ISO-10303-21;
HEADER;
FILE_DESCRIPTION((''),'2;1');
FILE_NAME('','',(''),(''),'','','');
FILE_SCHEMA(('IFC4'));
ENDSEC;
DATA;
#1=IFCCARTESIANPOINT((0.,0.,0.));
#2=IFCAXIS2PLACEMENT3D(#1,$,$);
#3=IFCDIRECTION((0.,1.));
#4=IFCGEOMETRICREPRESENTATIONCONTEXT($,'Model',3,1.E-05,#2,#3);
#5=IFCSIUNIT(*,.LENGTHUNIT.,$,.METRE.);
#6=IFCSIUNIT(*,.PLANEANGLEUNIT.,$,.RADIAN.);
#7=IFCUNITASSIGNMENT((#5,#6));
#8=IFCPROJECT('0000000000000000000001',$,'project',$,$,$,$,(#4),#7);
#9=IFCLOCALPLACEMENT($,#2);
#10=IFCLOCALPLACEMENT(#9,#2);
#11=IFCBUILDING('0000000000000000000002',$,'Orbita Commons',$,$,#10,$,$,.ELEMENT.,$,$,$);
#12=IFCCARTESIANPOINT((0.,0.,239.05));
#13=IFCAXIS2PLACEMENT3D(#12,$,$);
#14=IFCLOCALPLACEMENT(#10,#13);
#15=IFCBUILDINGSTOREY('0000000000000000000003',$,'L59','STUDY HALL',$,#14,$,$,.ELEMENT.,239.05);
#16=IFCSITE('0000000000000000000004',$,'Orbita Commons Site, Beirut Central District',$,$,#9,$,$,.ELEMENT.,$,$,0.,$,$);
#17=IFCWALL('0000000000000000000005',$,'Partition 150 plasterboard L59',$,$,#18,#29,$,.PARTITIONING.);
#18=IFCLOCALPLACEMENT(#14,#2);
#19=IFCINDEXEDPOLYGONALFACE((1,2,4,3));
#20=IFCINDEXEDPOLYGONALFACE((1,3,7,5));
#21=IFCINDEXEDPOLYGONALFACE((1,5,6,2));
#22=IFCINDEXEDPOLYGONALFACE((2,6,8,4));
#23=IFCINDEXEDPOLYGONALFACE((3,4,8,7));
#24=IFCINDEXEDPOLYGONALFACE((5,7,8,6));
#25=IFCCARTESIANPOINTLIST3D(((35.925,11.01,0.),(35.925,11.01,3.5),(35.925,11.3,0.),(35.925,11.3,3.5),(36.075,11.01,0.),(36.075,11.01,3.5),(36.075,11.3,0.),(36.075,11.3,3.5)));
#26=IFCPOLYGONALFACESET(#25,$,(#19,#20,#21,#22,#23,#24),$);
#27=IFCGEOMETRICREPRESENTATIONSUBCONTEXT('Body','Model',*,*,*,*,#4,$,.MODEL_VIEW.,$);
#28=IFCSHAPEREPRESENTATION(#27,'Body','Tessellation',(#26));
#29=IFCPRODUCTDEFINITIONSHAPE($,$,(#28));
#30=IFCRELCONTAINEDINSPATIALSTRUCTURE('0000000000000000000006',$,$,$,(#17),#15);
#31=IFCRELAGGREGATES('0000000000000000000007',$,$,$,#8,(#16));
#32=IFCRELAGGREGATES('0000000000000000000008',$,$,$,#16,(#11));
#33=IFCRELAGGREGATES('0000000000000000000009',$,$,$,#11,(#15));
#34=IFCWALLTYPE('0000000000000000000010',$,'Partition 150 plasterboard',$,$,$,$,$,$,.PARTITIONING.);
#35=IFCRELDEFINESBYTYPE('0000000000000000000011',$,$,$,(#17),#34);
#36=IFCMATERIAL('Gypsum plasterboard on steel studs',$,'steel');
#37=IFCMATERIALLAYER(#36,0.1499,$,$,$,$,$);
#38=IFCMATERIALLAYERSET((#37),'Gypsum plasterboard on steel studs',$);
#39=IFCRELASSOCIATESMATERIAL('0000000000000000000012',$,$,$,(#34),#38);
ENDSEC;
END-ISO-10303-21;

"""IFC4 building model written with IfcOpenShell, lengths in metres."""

from ifc_helpers import new_model, si_unit, direction, frame, frame_2d, origin, place, context, subcontext, project, spatial, rectangle, extrude, material, layer, layer_set, type_object, element, save


model = new_model("IFC4")

# Units and contexts
model_context = context("Model", 3, precision=1e-05, world=origin(), true_north=direction((0.0, 1.0)))
body_context = subcontext(model_context, "Body", "Model", "MODEL_VIEW")
ifc_project = project(units=[si_unit("LENGTHUNIT", "METRE"), si_unit("PLANEANGLEUNIT", "RADIAN")], contexts=[model_context])

# Site, building, storey
site_placement = place(None, origin())
site = spatial("IfcSite", under=ifc_project, at=site_placement, Name="Orbita Commons Site, Beirut Central District", CompositionType="ELEMENT", RefElevation=0.0)
building_placement = place(site_placement, origin())
building = spatial("IfcBuilding", under=site, at=building_placement, Name="Orbita Commons", CompositionType="ELEMENT")
storey_placement = place(building_placement, frame((0.0, 0.0, 239.05)))
storey = spatial("IfcBuildingStorey", under=building, at=storey_placement, Name="L59", Description="STUDY HALL", CompositionType="ELEMENT", Elevation=239.05)

# Shared definitions
ifc_material_1 = material(Name="Gypsum plasterboard on steel studs", Category="steel")
ifc_layer_1 = layer(ifc_material_1, 0.1499)
ifc_layer_set_1 = layer_set([ifc_layer_1], Name="Gypsum plasterboard on steel studs")
wall_type_1 = type_object("IfcWallType", Name="Partition 150 plasterboard", PredefinedType="PARTITIONING", material=ifc_layer_set_1)

# Wall
wall_1_placement = place(storey_placement, frame((36.0, 11.3, 0.0), z_axis=(0.0, 0.0, 1.0), x_axis=(0.0, -1.0, 0.0)))
element("IfcWall", 1, at=wall_1_placement, inside=storey, type_object=wall_type_1, Name="Partition 150 plasterboard L59", PredefinedType="PARTITIONING", context=body_context, shape_type="SweptSolid", body=[
    extrude(rectangle(XDim=0.29, YDim=0.1499, at=frame_2d((0.145, 0.0))), origin(), (0.0, 0.0, 1.0), 3.5),
])

save(model, "model.ifc")
